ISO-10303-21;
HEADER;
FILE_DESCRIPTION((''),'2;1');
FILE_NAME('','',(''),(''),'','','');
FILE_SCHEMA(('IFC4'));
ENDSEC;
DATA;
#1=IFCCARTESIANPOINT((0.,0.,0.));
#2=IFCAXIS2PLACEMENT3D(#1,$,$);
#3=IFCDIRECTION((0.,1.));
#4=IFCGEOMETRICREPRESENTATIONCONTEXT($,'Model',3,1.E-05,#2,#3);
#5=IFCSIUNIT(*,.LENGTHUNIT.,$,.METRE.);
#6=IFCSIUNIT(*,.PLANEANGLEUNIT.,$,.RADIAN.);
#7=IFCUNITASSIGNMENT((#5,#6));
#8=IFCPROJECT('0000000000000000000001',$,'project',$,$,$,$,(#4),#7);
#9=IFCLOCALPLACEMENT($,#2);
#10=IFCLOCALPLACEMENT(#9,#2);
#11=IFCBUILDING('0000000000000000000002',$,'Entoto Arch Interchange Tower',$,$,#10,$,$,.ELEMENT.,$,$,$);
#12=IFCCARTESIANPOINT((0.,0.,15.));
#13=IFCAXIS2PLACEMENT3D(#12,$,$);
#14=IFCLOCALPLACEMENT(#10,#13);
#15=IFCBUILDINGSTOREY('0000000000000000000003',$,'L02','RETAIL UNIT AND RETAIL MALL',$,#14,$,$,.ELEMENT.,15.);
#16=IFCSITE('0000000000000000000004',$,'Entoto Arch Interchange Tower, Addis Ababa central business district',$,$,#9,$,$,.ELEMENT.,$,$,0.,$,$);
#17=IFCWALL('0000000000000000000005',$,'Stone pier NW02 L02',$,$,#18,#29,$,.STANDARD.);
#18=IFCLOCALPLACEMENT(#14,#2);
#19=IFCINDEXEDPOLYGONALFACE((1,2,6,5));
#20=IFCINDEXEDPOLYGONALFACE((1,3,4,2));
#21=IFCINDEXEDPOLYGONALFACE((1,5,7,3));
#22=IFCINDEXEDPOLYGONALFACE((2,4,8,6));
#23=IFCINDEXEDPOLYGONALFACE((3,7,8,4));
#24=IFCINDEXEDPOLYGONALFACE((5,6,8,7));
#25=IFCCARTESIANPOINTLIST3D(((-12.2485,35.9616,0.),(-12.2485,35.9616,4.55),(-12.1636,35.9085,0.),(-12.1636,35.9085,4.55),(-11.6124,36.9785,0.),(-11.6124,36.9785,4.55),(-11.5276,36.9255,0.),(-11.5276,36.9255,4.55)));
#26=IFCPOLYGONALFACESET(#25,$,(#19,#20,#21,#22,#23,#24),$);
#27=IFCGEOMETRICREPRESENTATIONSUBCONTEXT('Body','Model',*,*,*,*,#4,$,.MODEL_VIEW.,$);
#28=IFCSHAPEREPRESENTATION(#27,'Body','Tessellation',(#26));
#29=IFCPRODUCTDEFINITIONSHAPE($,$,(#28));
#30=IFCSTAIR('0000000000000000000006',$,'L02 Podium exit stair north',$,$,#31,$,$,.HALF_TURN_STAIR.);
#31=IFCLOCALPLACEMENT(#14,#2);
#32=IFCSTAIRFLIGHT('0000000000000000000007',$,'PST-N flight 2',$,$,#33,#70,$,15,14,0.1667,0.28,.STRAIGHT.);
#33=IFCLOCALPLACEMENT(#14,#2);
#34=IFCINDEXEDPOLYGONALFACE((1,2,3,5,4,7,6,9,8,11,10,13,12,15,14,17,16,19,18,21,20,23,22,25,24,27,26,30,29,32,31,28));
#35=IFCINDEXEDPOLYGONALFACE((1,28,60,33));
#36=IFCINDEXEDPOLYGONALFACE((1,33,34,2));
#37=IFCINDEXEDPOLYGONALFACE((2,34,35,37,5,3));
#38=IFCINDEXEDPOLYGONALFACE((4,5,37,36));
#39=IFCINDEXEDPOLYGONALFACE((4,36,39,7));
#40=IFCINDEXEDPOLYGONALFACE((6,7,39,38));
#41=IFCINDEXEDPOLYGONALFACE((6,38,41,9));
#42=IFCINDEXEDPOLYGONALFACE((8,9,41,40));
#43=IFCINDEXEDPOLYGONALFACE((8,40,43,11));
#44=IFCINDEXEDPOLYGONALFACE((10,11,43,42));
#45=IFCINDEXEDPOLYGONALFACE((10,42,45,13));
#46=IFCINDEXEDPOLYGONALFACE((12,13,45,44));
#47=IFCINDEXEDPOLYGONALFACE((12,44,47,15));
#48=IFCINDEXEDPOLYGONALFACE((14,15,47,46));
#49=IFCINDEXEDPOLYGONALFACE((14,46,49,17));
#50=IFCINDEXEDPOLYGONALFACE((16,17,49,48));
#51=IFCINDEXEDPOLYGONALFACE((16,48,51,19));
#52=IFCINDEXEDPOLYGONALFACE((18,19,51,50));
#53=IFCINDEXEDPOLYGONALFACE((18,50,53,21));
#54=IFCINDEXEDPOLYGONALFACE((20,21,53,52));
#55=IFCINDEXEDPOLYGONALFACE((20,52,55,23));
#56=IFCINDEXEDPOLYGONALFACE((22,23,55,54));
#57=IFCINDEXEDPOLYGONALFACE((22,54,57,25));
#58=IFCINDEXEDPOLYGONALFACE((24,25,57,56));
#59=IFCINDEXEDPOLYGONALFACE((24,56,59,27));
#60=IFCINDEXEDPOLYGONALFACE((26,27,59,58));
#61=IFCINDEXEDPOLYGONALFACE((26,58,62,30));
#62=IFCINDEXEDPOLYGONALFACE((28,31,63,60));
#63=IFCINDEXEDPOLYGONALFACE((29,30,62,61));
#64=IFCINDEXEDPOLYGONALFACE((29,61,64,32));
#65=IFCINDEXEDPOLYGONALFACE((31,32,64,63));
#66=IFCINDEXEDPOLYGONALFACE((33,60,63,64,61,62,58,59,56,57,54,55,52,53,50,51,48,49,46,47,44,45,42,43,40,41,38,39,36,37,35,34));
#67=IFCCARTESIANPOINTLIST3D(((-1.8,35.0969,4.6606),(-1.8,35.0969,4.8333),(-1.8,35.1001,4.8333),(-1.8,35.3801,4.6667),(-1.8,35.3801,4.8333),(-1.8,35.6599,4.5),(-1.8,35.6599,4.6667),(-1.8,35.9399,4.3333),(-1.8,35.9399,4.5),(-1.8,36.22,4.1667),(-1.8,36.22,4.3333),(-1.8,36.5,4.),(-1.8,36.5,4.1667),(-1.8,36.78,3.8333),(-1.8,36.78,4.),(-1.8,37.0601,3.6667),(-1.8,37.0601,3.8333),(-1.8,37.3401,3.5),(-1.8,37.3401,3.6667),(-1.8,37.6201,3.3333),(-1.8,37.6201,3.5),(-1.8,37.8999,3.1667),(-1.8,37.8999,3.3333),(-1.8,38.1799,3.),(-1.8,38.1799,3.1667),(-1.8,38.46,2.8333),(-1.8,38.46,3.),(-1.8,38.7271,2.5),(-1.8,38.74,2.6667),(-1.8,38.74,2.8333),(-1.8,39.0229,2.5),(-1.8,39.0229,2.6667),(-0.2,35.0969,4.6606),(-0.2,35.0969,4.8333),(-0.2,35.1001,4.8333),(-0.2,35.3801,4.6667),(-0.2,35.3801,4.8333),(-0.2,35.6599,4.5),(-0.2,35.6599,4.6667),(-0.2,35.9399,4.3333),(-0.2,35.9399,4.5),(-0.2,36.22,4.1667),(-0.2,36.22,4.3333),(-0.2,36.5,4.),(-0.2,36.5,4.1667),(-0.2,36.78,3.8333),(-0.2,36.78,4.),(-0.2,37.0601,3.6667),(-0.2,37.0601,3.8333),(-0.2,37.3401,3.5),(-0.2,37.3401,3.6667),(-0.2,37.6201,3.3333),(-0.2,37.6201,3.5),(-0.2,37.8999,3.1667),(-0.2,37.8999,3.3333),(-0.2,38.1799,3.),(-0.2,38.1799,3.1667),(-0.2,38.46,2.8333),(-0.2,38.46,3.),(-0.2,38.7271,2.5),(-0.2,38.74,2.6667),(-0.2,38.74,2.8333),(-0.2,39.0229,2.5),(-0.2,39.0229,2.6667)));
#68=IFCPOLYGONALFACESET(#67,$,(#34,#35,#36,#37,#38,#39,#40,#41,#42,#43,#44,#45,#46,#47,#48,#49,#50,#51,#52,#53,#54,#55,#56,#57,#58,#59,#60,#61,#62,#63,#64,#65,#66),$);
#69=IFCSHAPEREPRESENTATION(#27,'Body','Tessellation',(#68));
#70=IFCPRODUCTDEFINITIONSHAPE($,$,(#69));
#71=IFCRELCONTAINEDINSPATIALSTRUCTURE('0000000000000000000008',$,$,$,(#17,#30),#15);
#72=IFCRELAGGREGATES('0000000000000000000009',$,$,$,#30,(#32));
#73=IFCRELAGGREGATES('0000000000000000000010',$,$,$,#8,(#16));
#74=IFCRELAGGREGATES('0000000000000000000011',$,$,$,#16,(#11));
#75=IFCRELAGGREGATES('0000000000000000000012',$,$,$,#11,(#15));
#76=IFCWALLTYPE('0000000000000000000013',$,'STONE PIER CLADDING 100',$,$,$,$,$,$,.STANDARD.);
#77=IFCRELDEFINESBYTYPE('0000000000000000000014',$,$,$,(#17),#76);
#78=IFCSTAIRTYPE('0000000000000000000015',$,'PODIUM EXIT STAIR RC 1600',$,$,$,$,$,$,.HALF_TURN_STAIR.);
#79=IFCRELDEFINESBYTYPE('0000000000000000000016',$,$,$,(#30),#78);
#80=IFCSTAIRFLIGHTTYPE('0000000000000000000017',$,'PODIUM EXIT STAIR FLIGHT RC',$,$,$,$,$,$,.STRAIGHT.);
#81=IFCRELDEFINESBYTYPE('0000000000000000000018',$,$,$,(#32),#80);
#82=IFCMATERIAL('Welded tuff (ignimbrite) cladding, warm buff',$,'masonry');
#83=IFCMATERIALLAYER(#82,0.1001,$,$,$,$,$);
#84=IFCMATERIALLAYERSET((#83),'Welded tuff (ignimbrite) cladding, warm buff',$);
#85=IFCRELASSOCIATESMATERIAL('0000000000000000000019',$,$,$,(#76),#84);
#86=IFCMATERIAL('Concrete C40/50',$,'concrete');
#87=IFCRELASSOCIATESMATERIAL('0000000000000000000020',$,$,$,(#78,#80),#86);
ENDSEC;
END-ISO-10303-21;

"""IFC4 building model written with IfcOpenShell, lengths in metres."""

from ifc_helpers import new_model, si_unit, direction, frame, frame_2d, origin, place, context, subcontext, project, spatial, polyline, rectangle, outline, extrude, material, layer, layer_set, type_object, element, aggregate, save


model = new_model("IFC4")

# Units and contexts
model_context = context("Model", 3, precision=1e-05, world=origin(), true_north=direction((0.0, 1.0)))
body_context = subcontext(model_context, "Body", "Model", "MODEL_VIEW")
ifc_project = project(units=[si_unit("LENGTHUNIT", "METRE"), si_unit("PLANEANGLEUNIT", "RADIAN")], contexts=[model_context])

# Site, building, storey
site_placement = place(None, origin())
site = spatial("IfcSite", under=ifc_project, at=site_placement, Name="Entoto Arch Interchange Tower, Addis Ababa central business district", CompositionType="ELEMENT", RefElevation=0.0)
building_placement = place(site_placement, origin())
building = spatial("IfcBuilding", under=site, at=building_placement, Name="Entoto Arch Interchange Tower", CompositionType="ELEMENT")
storey_placement = place(building_placement, frame((0.0, 0.0, 15.0)))
storey = spatial("IfcBuildingStorey", under=building, at=storey_placement, Name="L02", Description="RETAIL UNIT AND RETAIL MALL", CompositionType="ELEMENT", Elevation=15.0)

# Shared definitions
ifc_material_1 = material(Name="Welded tuff (ignimbrite) cladding, warm buff", Category="masonry")

# Wall
ifc_layer_1 = layer(ifc_material_1, 0.1001)
ifc_layer_set_1 = layer_set([ifc_layer_1], Name="Welded tuff (ignimbrite) cladding, warm buff")
wall_type_1 = type_object("IfcWallType", Name="STONE PIER CLADDING 100", PredefinedType="STANDARD", material=ifc_layer_set_1)
for number, where, z_axis, x_axis, name in (
    (1, (-11.5701, 36.9519, 0.0), (0.0, 0.0, 1.0), (-0.530273, -0.847827, 0.0), "Stone pier NW02 L02"),
):
    element("IfcWall", number, at=place(storey_placement, frame(where, z_axis=z_axis, x_axis=x_axis)), inside=storey, type_object=wall_type_1, Name=name, PredefinedType="STANDARD", context=body_context, shape_type="SweptSolid", body=[
        extrude(rectangle(XDim=1.1995, YDim=0.1001, at=frame_2d((0.5996, 0.0))), origin(), (0.0, 0.0, 1.0), 4.55),
    ])

# Stair, stair flight
ifc_material_2 = material(Name="Concrete C40/50", Category="concrete")
stair_type = type_object("IfcStairType", Name="PODIUM EXIT STAIR RC 1600", PredefinedType="HALF_TURN_STAIR", material=ifc_material_2)
stair_placement = place(storey_placement, origin())
stair = element("IfcStair", 2, at=stair_placement, inside=storey, type_object=stair_type, Name="L02 Podium exit stair north", PredefinedType="HALF_TURN_STAIR")
stair_flight_type = type_object("IfcStairFlightType", Name="PODIUM EXIT STAIR FLIGHT RC", PredefinedType="STRAIGHT", material=ifc_material_2)
stair_flight_placement = place(storey_placement, frame((-1.0, 39.02, 2.5), z_axis=(0.0, 0.0, 1.0), x_axis=(0.0, -1.0, 0.0)))
stair_flight = element("IfcStairFlight", 3, at=stair_flight_placement, type_object=stair_flight_type, Name="PST-N flight 2", NumberOfRisers=15, NumberOfTreads=14, PredefinedType="STRAIGHT", RiserHeight=0.1667, TreadLength=0.28, context=body_context, shape_type="SweptSolid", body=[
    extrude(outline(polyline([(-0.0029, 0.0), (-0.0029, 0.1667), (0.28, 0.1667), (0.28, 0.3333), (0.5601, 0.3333), (0.5601, 0.5), (0.8401, 0.5), (0.8401, 0.6667), (1.1201, 0.6667), (1.1201, 0.8333), (1.3999, 0.8333), (1.3999, 1.0), (1.6799, 1.0), (1.6799, 1.1667), (1.96, 1.1667), (1.96, 1.3333), (2.24, 1.3333), (2.24, 1.5), (2.52, 1.5), (2.52, 1.6667), (2.8, 1.6667), (2.8, 1.8333), (3.0801, 1.8333), (3.0801, 2.0), (3.3601, 2.0), (3.3601, 2.1667), (3.6399, 2.1667), (3.6399, 2.3333), (3.9199, 2.3333), (3.9231, 2.3333), (3.9231, 2.1606), (0.293, 0.0), (-0.0029, 0.0)])), frame((0.0, 0.8, 0.0), z_axis=(0.0, -1.0, 0.0), x_axis=(1.0, 0.0, 0.0)), (0.0, 0.0, 1.0), 1.6001),
])
aggregate(stair, [stair_flight])

save(model, "model.ifc")
